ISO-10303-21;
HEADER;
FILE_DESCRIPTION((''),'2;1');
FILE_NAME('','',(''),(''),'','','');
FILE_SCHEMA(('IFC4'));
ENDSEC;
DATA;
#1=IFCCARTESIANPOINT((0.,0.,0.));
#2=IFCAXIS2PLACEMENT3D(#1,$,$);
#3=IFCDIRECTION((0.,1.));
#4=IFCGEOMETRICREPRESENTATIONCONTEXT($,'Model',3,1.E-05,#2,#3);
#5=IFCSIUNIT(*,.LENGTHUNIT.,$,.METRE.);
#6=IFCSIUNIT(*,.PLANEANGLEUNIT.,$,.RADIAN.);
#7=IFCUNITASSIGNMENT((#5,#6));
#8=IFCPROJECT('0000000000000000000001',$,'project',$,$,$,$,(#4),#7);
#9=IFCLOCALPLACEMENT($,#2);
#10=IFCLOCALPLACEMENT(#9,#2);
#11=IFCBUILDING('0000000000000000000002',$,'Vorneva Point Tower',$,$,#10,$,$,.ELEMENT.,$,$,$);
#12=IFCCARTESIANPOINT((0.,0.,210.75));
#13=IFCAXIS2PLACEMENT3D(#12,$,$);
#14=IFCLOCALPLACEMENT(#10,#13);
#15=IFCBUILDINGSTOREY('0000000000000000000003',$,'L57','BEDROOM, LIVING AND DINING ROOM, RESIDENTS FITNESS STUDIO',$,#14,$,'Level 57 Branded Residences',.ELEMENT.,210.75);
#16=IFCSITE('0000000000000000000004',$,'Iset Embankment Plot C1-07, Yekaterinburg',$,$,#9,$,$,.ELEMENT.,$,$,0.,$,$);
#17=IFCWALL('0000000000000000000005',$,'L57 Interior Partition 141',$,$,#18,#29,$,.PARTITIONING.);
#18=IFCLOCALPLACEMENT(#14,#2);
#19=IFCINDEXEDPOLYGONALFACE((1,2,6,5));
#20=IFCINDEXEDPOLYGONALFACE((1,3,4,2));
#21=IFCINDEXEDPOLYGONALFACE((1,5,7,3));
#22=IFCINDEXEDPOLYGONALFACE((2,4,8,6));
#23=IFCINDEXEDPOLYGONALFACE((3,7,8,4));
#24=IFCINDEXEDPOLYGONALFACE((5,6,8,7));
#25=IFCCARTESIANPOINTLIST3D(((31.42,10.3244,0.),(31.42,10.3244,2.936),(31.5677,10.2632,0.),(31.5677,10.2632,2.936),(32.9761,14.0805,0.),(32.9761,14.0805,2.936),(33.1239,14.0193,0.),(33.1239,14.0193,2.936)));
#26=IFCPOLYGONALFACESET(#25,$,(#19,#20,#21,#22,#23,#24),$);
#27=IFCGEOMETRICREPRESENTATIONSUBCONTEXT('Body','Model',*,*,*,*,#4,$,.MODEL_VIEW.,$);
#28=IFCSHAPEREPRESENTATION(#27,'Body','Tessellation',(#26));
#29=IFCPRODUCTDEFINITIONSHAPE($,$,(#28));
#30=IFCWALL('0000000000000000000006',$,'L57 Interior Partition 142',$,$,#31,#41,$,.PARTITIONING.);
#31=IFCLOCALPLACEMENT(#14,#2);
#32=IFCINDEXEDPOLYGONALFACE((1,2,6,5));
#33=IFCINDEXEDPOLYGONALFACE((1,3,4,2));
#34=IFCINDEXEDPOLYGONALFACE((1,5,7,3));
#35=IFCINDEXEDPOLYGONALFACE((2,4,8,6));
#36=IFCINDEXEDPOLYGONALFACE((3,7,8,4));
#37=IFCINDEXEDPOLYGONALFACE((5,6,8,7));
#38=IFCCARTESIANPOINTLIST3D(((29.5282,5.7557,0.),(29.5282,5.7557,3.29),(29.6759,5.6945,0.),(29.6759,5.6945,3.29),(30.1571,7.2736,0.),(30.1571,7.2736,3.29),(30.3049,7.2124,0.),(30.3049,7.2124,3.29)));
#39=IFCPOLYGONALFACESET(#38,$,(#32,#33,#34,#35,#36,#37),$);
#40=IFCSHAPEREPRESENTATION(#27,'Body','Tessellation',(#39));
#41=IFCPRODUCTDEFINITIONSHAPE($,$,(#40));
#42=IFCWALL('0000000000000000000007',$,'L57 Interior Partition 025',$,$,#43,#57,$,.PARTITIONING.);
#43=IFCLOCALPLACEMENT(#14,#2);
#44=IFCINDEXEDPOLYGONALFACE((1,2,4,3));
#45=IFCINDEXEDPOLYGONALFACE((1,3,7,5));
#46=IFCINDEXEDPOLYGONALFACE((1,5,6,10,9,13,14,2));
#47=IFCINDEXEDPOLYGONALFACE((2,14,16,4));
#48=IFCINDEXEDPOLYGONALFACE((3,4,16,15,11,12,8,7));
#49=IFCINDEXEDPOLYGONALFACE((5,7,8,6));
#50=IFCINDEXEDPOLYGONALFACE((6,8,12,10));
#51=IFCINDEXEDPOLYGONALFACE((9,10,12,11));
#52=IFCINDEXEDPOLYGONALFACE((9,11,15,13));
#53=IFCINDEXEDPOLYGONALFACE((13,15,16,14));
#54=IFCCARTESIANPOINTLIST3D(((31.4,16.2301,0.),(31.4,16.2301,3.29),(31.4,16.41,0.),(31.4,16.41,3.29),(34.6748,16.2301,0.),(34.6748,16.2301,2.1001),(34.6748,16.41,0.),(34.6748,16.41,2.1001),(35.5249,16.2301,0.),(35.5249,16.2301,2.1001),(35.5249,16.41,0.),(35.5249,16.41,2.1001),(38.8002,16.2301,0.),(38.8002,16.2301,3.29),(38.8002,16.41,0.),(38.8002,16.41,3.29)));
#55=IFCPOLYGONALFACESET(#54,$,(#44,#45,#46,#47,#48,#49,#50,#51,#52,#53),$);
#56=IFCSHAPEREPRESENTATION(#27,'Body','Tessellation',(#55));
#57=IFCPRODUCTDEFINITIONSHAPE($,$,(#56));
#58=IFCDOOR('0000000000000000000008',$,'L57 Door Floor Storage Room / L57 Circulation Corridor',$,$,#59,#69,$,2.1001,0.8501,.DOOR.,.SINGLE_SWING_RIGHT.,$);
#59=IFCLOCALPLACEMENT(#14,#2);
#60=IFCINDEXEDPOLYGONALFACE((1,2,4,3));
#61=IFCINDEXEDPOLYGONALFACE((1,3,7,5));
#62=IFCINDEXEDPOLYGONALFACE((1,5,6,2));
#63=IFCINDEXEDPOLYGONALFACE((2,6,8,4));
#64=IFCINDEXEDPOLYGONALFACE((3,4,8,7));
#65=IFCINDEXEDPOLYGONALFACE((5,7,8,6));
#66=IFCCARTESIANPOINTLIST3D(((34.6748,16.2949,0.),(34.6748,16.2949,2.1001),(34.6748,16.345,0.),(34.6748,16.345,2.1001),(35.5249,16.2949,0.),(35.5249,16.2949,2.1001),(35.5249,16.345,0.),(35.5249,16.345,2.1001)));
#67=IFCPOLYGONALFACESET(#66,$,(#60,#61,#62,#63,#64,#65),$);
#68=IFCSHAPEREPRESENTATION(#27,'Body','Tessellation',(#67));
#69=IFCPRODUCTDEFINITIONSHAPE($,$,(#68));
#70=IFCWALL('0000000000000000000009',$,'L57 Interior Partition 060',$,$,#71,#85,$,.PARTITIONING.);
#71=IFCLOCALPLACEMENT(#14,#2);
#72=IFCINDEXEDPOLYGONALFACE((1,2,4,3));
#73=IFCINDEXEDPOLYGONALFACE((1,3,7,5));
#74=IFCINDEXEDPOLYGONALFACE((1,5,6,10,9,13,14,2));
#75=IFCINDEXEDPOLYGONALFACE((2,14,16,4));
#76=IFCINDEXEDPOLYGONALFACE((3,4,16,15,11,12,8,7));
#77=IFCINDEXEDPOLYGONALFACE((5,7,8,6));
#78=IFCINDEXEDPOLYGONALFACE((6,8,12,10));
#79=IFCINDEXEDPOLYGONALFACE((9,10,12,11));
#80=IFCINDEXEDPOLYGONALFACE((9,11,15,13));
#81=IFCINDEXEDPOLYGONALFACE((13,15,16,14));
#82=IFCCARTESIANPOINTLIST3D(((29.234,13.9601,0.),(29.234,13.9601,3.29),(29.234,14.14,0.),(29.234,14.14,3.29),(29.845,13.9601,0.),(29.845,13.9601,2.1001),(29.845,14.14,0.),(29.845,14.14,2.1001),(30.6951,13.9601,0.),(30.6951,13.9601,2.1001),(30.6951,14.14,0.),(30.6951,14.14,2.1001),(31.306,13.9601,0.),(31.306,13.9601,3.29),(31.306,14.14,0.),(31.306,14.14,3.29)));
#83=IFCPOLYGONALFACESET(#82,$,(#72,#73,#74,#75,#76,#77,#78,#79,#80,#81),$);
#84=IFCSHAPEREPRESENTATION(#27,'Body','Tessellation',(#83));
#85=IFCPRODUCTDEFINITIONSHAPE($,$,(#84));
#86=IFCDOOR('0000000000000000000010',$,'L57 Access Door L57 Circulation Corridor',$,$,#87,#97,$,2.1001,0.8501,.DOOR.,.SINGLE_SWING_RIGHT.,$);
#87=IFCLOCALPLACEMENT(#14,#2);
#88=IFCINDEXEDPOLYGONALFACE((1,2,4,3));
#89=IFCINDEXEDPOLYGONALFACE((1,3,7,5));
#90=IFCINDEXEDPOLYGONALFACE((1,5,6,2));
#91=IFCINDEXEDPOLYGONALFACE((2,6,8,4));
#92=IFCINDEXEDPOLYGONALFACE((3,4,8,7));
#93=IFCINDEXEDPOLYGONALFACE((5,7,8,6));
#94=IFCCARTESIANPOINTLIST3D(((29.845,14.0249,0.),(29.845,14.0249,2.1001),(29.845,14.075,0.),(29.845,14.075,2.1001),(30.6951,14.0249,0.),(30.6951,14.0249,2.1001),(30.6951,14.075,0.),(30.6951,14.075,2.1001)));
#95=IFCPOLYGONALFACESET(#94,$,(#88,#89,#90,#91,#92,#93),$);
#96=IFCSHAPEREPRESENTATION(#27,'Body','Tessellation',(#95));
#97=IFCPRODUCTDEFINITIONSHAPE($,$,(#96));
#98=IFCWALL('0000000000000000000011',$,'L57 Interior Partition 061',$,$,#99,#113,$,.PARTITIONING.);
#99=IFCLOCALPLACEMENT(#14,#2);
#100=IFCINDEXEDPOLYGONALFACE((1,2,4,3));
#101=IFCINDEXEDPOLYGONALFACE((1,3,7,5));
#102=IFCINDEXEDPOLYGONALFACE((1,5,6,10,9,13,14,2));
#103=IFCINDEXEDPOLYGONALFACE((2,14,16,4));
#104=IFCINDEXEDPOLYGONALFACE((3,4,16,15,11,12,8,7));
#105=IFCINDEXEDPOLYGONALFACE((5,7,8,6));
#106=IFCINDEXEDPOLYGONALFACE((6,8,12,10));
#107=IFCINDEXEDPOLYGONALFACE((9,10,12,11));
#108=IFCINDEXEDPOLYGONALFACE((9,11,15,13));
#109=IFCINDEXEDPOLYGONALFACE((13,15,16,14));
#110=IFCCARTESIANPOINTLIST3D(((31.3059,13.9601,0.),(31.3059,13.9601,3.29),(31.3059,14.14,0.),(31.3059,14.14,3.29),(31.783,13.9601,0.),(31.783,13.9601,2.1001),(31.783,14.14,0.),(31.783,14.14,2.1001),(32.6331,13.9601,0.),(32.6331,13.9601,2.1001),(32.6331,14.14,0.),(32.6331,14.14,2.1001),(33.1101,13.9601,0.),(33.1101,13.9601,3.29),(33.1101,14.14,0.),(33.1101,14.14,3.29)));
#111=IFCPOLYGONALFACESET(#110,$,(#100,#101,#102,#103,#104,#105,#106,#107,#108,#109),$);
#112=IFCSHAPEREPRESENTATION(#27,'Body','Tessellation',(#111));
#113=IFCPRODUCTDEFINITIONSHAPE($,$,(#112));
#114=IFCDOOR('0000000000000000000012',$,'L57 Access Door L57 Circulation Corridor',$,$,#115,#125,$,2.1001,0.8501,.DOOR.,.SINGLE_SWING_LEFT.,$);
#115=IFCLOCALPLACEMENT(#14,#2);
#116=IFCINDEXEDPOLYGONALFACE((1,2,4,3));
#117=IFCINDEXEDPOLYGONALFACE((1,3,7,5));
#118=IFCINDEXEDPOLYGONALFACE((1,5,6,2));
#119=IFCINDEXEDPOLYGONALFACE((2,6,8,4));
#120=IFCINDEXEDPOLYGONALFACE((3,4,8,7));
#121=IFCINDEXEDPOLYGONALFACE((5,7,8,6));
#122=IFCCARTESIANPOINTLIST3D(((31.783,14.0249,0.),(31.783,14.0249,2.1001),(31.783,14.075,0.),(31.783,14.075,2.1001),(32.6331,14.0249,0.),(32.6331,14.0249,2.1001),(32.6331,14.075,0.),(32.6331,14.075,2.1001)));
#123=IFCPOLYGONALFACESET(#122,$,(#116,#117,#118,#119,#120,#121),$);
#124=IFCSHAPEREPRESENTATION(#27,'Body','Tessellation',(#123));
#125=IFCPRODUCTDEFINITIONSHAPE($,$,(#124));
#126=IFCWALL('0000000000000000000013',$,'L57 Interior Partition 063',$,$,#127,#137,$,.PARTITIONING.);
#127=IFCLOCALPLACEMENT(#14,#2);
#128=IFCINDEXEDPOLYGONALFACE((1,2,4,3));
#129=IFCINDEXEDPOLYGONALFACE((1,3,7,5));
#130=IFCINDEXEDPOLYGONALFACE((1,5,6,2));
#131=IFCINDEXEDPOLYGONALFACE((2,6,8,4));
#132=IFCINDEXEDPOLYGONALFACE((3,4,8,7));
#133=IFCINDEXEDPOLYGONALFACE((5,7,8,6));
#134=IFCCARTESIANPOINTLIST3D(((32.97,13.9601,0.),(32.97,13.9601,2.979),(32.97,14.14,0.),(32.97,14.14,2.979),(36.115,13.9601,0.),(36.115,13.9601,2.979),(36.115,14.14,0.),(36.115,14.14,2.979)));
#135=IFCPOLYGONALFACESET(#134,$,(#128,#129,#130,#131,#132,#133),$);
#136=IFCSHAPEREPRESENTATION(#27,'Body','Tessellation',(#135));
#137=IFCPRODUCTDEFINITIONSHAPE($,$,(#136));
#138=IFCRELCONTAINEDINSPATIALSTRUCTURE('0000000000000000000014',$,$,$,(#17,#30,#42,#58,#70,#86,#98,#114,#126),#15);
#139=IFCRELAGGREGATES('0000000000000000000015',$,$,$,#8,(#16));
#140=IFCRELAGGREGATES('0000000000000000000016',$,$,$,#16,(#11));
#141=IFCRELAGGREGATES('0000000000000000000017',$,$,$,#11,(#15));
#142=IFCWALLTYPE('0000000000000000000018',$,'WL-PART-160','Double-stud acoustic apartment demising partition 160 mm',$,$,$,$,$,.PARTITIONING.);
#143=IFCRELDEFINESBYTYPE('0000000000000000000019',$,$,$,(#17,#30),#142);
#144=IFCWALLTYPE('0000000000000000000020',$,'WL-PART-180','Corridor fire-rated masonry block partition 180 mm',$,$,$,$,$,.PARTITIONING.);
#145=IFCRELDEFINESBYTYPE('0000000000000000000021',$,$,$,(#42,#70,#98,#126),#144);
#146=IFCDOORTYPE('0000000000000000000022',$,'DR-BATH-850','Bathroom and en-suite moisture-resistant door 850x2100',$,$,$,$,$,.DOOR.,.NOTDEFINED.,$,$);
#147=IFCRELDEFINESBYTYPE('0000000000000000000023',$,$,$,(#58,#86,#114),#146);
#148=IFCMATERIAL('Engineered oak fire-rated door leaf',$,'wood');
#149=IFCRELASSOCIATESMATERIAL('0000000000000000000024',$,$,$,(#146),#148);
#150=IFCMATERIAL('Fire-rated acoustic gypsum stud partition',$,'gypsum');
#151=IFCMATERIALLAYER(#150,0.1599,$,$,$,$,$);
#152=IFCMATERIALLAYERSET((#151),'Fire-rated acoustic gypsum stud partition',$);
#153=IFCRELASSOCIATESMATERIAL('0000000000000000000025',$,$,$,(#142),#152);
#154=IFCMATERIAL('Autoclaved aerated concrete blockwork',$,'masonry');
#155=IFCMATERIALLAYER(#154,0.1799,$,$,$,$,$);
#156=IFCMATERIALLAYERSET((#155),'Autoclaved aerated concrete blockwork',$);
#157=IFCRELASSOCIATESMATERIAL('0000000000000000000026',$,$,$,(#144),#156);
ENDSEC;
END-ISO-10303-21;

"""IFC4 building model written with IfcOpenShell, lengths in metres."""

from ifc_helpers import new_model, si_unit, direction, frame, frame_2d, origin, place, context, subcontext, project, spatial, rectangle, extrude, material, layer, layer_set, type_object, element, fill, save


model = new_model("IFC4")

# Units and contexts
model_context = context("Model", 3, precision=1e-05, world=origin(), true_north=direction((0.0, 1.0)))
body_context = subcontext(model_context, "Body", "Model", "MODEL_VIEW")
ifc_project = project(units=[si_unit("LENGTHUNIT", "METRE"), si_unit("PLANEANGLEUNIT", "RADIAN")], contexts=[model_context])

# Site, building, storey
site_placement = place(None, origin())
site = spatial("IfcSite", under=ifc_project, at=site_placement, Name="Iset Embankment Plot C1-07, Yekaterinburg", CompositionType="ELEMENT", RefElevation=0.0)
building_placement = place(site_placement, origin())
building = spatial("IfcBuilding", under=site, at=building_placement, Name="Vorneva Point Tower", CompositionType="ELEMENT")
storey_placement = place(building_placement, frame((0.0, 0.0, 210.75)))
storey = spatial("IfcBuildingStorey", under=building, at=storey_placement, Name="L57", Description="BEDROOM, LIVING AND DINING ROOM, RESIDENTS FITNESS STUDIO", LongName="Level 57 Branded Residences", CompositionType="ELEMENT", Elevation=210.75)

# Shared definitions
ifc_material_1 = material(Name="Fire-rated acoustic gypsum stud partition", Category="gypsum")

# Shared definitions
ifc_material_2 = material(Name="Engineered oak fire-rated door leaf", Category="wood")
door_type_1 = type_object("IfcDoorType", Name="DR-BATH-850", Description="Bathroom and en-suite moisture-resistant door 850x2100", OperationType="NOTDEFINED", PredefinedType="DOOR", material=ifc_material_2)

# Walls
ifc_layer_1 = layer(ifc_material_1, 0.1599)
ifc_layer_set_1 = layer_set([ifc_layer_1], Name="Fire-rated acoustic gypsum stud partition")
wall_type_1 = type_object("IfcWallType", Name="WL-PART-160", Description="Double-stud acoustic apartment demising partition 160 mm", PredefinedType="PARTITIONING", material=ifc_layer_set_1)
wall_1_placement = place(storey_placement, frame((31.4939, 10.2939, 0.0), z_axis=(0.0, 0.0, 1.0), x_axis=(0.382751, 0.923851, 0.0)))
element("IfcWall", 1, at=wall_1_placement, inside=storey, type_object=wall_type_1, Name="L57 Interior Partition 141", PredefinedType="PARTITIONING", context=body_context, shape_type="SweptSolid", body=[
    extrude(rectangle(XDim=4.0657, YDim=0.1599, at=frame_2d((2.0327, 0.0))), origin(), (0.0, 0.0, 1.0), 2.936),
])
wall_2_placement = place(storey_placement, frame((29.6021, 5.7251, 0.0), z_axis=(0.0, 0.0, 1.0), x_axis=(0.382789, 0.923836, 0.0)))
element("IfcWall", 2, at=wall_2_placement, inside=storey, type_object=wall_type_1, Name="L57 Interior Partition 142", PredefinedType="PARTITIONING", context=body_context, shape_type="SweptSolid", body=[
    extrude(rectangle(XDim=1.6431, YDim=0.1599, at=frame_2d((0.8215, 0.0))), origin(), (0.0, 0.0, 1.0), 3.29),
])

# Walls, openings, doors
ifc_material_3 = material(Name="Autoclaved aerated concrete blockwork", Category="masonry")
ifc_layer_2 = layer(ifc_material_3, 0.1799)
ifc_layer_set_2 = layer_set([ifc_layer_2], Name="Autoclaved aerated concrete blockwork")
wall_type_2 = type_object("IfcWallType", Name="WL-PART-180", Description="Corridor fire-rated masonry block partition 180 mm", PredefinedType="PARTITIONING", material=ifc_layer_set_2)
wall_3_placement = place(storey_placement, frame((31.3999, 16.3201, 0.0), z_axis=(0.0, 0.0, 1.0), x_axis=(1.0, 0.0, 0.0)))
wall_3 = element("IfcWall", 3, at=wall_3_placement, inside=storey, type_object=wall_type_2, Name="L57 Interior Partition 025", PredefinedType="PARTITIONING", context=body_context, shape_type="SweptSolid", body=[
    extrude(rectangle(XDim=7.4001, YDim=0.1799, at=frame_2d((3.7002, 0.0))), origin(), (0.0, 0.0, 1.0), 3.29),
])
opening_1_placement = place(wall_3_placement, frame((3.2749, 0.0, 0.0)))
opening_1 = element("IfcOpeningElement", 4, at=opening_1_placement, cuts=wall_3, PredefinedType="OPENING", context=body_context, shape_type="SweptSolid", body=[
    extrude(rectangle(XDim=0.8501, YDim=2.1001, at=frame_2d((0.425, 1.05))), frame((0.0, 0.105, 0.0), z_axis=(0.0, -1.0, 0.0), x_axis=(1.0, 0.0, 0.0)), (0.0, 0.0, 1.0), 0.2097),
])
door_1_placement = place(opening_1_placement, origin())
door_1 = element("IfcDoor", 5, at=door_1_placement, inside=storey, type_object=door_type_1, Name="L57 Door Floor Storage Room / L57 Circulation Corridor", OperationType="SINGLE_SWING_RIGHT", OverallHeight=2.1001, OverallWidth=0.8501, PredefinedType="DOOR", context=body_context, shape_type="SweptSolid", body=[
    extrude(rectangle(XDim=0.8501, YDim=2.1001, at=frame_2d((0.425, 1.05))), frame((0.0, 0.0249, 0.0), z_axis=(0.0, -1.0, 0.0), x_axis=(1.0, 0.0, 0.0)), (0.0, 0.0, 1.0), 0.05),
])
fill(opening_1, door_1)
wall_4_placement = place(storey_placement, frame((29.2339, 14.05, 0.0), z_axis=(0.0, 0.0, 1.0), x_axis=(1.0, 0.0, 0.0)))
wall_4 = element("IfcWall", 6, at=wall_4_placement, inside=storey, type_object=wall_type_2, Name="L57 Interior Partition 060", PredefinedType="PARTITIONING", context=body_context, shape_type="SweptSolid", body=[
    extrude(rectangle(XDim=2.072, YDim=0.1799, at=frame_2d((1.0361, 0.0))), origin(), (0.0, 0.0, 1.0), 3.29),
])
opening_2_placement = place(wall_4_placement, frame((0.6111, 0.0, 0.0)))
opening_2 = element("IfcOpeningElement", 7, at=opening_2_placement, cuts=wall_4, PredefinedType="OPENING", context=body_context, shape_type="SweptSolid", body=[
    extrude(rectangle(XDim=0.8501, YDim=2.1001, at=frame_2d((0.425, 1.05))), frame((0.0, 0.105, 0.0), z_axis=(0.0, -1.0, 0.0), x_axis=(1.0, 0.0, 0.0)), (0.0, 0.0, 1.0), 0.2097),
])
door_2_placement = place(opening_2_placement, origin())
door_2 = element("IfcDoor", 8, at=door_2_placement, inside=storey, type_object=door_type_1, Name="L57 Access Door L57 Circulation Corridor", OperationType="SINGLE_SWING_RIGHT", OverallHeight=2.1001, OverallWidth=0.8501, PredefinedType="DOOR", context=body_context, shape_type="SweptSolid", body=[
    extrude(rectangle(XDim=0.8501, YDim=2.1001, at=frame_2d((0.425, 1.05))), frame((0.0, 0.0249, 0.0), z_axis=(0.0, -1.0, 0.0), x_axis=(1.0, 0.0, 0.0)), (0.0, 0.0, 1.0), 0.05),
])
fill(opening_2, door_2)
wall_5_placement = place(storey_placement, frame((31.3059, 14.05, 0.0), z_axis=(0.0, 0.0, 1.0), x_axis=(1.0, 0.0, 0.0)))
wall_5 = element("IfcWall", 9, at=wall_5_placement, inside=storey, type_object=wall_type_2, Name="L57 Interior Partition 061", PredefinedType="PARTITIONING", context=body_context, shape_type="SweptSolid", body=[
    extrude(rectangle(XDim=1.8042, YDim=0.1799, at=frame_2d((0.9021, 0.0))), origin(), (0.0, 0.0, 1.0), 3.29),
])
opening_3_placement = place(wall_5_placement, frame((0.4771, 0.0, 0.0)))
opening_3 = element("IfcOpeningElement", 10, at=opening_3_placement, cuts=wall_5, PredefinedType="OPENING", context=body_context, shape_type="SweptSolid", body=[
    extrude(rectangle(XDim=0.8501, YDim=2.1001, at=frame_2d((0.425, 1.05))), frame((0.0, 0.105, 0.0), z_axis=(0.0, -1.0, 0.0), x_axis=(1.0, 0.0, 0.0)), (0.0, 0.0, 1.0), 0.2097),
])
door_3_placement = place(opening_3_placement, origin())
door_3 = element("IfcDoor", 11, at=door_3_placement, inside=storey, type_object=door_type_1, Name="L57 Access Door L57 Circulation Corridor", OperationType="SINGLE_SWING_LEFT", OverallHeight=2.1001, OverallWidth=0.8501, PredefinedType="DOOR", context=body_context, shape_type="SweptSolid", body=[
    extrude(rectangle(XDim=0.8501, YDim=2.1001, at=frame_2d((0.425, 1.05))), frame((0.0, 0.0249, 0.0), z_axis=(0.0, -1.0, 0.0), x_axis=(1.0, 0.0, 0.0)), (0.0, 0.0, 1.0), 0.05),
])
fill(opening_3, door_3)

# Wall
wall_6_placement = place(storey_placement, frame((32.97, 14.05, 0.0), z_axis=(0.0, 0.0, 1.0), x_axis=(1.0, 0.0, 0.0)))
element("IfcWall", 12, at=wall_6_placement, inside=storey, type_object=wall_type_2, Name="L57 Interior Partition 063", PredefinedType="PARTITIONING", context=body_context, shape_type="SweptSolid", body=[
    extrude(rectangle(XDim=3.145, YDim=0.1799, at=frame_2d((1.5725, 0.0))), origin(), (0.0, 0.0, 1.0), 2.979),
])

save(model, "model.ifc")
